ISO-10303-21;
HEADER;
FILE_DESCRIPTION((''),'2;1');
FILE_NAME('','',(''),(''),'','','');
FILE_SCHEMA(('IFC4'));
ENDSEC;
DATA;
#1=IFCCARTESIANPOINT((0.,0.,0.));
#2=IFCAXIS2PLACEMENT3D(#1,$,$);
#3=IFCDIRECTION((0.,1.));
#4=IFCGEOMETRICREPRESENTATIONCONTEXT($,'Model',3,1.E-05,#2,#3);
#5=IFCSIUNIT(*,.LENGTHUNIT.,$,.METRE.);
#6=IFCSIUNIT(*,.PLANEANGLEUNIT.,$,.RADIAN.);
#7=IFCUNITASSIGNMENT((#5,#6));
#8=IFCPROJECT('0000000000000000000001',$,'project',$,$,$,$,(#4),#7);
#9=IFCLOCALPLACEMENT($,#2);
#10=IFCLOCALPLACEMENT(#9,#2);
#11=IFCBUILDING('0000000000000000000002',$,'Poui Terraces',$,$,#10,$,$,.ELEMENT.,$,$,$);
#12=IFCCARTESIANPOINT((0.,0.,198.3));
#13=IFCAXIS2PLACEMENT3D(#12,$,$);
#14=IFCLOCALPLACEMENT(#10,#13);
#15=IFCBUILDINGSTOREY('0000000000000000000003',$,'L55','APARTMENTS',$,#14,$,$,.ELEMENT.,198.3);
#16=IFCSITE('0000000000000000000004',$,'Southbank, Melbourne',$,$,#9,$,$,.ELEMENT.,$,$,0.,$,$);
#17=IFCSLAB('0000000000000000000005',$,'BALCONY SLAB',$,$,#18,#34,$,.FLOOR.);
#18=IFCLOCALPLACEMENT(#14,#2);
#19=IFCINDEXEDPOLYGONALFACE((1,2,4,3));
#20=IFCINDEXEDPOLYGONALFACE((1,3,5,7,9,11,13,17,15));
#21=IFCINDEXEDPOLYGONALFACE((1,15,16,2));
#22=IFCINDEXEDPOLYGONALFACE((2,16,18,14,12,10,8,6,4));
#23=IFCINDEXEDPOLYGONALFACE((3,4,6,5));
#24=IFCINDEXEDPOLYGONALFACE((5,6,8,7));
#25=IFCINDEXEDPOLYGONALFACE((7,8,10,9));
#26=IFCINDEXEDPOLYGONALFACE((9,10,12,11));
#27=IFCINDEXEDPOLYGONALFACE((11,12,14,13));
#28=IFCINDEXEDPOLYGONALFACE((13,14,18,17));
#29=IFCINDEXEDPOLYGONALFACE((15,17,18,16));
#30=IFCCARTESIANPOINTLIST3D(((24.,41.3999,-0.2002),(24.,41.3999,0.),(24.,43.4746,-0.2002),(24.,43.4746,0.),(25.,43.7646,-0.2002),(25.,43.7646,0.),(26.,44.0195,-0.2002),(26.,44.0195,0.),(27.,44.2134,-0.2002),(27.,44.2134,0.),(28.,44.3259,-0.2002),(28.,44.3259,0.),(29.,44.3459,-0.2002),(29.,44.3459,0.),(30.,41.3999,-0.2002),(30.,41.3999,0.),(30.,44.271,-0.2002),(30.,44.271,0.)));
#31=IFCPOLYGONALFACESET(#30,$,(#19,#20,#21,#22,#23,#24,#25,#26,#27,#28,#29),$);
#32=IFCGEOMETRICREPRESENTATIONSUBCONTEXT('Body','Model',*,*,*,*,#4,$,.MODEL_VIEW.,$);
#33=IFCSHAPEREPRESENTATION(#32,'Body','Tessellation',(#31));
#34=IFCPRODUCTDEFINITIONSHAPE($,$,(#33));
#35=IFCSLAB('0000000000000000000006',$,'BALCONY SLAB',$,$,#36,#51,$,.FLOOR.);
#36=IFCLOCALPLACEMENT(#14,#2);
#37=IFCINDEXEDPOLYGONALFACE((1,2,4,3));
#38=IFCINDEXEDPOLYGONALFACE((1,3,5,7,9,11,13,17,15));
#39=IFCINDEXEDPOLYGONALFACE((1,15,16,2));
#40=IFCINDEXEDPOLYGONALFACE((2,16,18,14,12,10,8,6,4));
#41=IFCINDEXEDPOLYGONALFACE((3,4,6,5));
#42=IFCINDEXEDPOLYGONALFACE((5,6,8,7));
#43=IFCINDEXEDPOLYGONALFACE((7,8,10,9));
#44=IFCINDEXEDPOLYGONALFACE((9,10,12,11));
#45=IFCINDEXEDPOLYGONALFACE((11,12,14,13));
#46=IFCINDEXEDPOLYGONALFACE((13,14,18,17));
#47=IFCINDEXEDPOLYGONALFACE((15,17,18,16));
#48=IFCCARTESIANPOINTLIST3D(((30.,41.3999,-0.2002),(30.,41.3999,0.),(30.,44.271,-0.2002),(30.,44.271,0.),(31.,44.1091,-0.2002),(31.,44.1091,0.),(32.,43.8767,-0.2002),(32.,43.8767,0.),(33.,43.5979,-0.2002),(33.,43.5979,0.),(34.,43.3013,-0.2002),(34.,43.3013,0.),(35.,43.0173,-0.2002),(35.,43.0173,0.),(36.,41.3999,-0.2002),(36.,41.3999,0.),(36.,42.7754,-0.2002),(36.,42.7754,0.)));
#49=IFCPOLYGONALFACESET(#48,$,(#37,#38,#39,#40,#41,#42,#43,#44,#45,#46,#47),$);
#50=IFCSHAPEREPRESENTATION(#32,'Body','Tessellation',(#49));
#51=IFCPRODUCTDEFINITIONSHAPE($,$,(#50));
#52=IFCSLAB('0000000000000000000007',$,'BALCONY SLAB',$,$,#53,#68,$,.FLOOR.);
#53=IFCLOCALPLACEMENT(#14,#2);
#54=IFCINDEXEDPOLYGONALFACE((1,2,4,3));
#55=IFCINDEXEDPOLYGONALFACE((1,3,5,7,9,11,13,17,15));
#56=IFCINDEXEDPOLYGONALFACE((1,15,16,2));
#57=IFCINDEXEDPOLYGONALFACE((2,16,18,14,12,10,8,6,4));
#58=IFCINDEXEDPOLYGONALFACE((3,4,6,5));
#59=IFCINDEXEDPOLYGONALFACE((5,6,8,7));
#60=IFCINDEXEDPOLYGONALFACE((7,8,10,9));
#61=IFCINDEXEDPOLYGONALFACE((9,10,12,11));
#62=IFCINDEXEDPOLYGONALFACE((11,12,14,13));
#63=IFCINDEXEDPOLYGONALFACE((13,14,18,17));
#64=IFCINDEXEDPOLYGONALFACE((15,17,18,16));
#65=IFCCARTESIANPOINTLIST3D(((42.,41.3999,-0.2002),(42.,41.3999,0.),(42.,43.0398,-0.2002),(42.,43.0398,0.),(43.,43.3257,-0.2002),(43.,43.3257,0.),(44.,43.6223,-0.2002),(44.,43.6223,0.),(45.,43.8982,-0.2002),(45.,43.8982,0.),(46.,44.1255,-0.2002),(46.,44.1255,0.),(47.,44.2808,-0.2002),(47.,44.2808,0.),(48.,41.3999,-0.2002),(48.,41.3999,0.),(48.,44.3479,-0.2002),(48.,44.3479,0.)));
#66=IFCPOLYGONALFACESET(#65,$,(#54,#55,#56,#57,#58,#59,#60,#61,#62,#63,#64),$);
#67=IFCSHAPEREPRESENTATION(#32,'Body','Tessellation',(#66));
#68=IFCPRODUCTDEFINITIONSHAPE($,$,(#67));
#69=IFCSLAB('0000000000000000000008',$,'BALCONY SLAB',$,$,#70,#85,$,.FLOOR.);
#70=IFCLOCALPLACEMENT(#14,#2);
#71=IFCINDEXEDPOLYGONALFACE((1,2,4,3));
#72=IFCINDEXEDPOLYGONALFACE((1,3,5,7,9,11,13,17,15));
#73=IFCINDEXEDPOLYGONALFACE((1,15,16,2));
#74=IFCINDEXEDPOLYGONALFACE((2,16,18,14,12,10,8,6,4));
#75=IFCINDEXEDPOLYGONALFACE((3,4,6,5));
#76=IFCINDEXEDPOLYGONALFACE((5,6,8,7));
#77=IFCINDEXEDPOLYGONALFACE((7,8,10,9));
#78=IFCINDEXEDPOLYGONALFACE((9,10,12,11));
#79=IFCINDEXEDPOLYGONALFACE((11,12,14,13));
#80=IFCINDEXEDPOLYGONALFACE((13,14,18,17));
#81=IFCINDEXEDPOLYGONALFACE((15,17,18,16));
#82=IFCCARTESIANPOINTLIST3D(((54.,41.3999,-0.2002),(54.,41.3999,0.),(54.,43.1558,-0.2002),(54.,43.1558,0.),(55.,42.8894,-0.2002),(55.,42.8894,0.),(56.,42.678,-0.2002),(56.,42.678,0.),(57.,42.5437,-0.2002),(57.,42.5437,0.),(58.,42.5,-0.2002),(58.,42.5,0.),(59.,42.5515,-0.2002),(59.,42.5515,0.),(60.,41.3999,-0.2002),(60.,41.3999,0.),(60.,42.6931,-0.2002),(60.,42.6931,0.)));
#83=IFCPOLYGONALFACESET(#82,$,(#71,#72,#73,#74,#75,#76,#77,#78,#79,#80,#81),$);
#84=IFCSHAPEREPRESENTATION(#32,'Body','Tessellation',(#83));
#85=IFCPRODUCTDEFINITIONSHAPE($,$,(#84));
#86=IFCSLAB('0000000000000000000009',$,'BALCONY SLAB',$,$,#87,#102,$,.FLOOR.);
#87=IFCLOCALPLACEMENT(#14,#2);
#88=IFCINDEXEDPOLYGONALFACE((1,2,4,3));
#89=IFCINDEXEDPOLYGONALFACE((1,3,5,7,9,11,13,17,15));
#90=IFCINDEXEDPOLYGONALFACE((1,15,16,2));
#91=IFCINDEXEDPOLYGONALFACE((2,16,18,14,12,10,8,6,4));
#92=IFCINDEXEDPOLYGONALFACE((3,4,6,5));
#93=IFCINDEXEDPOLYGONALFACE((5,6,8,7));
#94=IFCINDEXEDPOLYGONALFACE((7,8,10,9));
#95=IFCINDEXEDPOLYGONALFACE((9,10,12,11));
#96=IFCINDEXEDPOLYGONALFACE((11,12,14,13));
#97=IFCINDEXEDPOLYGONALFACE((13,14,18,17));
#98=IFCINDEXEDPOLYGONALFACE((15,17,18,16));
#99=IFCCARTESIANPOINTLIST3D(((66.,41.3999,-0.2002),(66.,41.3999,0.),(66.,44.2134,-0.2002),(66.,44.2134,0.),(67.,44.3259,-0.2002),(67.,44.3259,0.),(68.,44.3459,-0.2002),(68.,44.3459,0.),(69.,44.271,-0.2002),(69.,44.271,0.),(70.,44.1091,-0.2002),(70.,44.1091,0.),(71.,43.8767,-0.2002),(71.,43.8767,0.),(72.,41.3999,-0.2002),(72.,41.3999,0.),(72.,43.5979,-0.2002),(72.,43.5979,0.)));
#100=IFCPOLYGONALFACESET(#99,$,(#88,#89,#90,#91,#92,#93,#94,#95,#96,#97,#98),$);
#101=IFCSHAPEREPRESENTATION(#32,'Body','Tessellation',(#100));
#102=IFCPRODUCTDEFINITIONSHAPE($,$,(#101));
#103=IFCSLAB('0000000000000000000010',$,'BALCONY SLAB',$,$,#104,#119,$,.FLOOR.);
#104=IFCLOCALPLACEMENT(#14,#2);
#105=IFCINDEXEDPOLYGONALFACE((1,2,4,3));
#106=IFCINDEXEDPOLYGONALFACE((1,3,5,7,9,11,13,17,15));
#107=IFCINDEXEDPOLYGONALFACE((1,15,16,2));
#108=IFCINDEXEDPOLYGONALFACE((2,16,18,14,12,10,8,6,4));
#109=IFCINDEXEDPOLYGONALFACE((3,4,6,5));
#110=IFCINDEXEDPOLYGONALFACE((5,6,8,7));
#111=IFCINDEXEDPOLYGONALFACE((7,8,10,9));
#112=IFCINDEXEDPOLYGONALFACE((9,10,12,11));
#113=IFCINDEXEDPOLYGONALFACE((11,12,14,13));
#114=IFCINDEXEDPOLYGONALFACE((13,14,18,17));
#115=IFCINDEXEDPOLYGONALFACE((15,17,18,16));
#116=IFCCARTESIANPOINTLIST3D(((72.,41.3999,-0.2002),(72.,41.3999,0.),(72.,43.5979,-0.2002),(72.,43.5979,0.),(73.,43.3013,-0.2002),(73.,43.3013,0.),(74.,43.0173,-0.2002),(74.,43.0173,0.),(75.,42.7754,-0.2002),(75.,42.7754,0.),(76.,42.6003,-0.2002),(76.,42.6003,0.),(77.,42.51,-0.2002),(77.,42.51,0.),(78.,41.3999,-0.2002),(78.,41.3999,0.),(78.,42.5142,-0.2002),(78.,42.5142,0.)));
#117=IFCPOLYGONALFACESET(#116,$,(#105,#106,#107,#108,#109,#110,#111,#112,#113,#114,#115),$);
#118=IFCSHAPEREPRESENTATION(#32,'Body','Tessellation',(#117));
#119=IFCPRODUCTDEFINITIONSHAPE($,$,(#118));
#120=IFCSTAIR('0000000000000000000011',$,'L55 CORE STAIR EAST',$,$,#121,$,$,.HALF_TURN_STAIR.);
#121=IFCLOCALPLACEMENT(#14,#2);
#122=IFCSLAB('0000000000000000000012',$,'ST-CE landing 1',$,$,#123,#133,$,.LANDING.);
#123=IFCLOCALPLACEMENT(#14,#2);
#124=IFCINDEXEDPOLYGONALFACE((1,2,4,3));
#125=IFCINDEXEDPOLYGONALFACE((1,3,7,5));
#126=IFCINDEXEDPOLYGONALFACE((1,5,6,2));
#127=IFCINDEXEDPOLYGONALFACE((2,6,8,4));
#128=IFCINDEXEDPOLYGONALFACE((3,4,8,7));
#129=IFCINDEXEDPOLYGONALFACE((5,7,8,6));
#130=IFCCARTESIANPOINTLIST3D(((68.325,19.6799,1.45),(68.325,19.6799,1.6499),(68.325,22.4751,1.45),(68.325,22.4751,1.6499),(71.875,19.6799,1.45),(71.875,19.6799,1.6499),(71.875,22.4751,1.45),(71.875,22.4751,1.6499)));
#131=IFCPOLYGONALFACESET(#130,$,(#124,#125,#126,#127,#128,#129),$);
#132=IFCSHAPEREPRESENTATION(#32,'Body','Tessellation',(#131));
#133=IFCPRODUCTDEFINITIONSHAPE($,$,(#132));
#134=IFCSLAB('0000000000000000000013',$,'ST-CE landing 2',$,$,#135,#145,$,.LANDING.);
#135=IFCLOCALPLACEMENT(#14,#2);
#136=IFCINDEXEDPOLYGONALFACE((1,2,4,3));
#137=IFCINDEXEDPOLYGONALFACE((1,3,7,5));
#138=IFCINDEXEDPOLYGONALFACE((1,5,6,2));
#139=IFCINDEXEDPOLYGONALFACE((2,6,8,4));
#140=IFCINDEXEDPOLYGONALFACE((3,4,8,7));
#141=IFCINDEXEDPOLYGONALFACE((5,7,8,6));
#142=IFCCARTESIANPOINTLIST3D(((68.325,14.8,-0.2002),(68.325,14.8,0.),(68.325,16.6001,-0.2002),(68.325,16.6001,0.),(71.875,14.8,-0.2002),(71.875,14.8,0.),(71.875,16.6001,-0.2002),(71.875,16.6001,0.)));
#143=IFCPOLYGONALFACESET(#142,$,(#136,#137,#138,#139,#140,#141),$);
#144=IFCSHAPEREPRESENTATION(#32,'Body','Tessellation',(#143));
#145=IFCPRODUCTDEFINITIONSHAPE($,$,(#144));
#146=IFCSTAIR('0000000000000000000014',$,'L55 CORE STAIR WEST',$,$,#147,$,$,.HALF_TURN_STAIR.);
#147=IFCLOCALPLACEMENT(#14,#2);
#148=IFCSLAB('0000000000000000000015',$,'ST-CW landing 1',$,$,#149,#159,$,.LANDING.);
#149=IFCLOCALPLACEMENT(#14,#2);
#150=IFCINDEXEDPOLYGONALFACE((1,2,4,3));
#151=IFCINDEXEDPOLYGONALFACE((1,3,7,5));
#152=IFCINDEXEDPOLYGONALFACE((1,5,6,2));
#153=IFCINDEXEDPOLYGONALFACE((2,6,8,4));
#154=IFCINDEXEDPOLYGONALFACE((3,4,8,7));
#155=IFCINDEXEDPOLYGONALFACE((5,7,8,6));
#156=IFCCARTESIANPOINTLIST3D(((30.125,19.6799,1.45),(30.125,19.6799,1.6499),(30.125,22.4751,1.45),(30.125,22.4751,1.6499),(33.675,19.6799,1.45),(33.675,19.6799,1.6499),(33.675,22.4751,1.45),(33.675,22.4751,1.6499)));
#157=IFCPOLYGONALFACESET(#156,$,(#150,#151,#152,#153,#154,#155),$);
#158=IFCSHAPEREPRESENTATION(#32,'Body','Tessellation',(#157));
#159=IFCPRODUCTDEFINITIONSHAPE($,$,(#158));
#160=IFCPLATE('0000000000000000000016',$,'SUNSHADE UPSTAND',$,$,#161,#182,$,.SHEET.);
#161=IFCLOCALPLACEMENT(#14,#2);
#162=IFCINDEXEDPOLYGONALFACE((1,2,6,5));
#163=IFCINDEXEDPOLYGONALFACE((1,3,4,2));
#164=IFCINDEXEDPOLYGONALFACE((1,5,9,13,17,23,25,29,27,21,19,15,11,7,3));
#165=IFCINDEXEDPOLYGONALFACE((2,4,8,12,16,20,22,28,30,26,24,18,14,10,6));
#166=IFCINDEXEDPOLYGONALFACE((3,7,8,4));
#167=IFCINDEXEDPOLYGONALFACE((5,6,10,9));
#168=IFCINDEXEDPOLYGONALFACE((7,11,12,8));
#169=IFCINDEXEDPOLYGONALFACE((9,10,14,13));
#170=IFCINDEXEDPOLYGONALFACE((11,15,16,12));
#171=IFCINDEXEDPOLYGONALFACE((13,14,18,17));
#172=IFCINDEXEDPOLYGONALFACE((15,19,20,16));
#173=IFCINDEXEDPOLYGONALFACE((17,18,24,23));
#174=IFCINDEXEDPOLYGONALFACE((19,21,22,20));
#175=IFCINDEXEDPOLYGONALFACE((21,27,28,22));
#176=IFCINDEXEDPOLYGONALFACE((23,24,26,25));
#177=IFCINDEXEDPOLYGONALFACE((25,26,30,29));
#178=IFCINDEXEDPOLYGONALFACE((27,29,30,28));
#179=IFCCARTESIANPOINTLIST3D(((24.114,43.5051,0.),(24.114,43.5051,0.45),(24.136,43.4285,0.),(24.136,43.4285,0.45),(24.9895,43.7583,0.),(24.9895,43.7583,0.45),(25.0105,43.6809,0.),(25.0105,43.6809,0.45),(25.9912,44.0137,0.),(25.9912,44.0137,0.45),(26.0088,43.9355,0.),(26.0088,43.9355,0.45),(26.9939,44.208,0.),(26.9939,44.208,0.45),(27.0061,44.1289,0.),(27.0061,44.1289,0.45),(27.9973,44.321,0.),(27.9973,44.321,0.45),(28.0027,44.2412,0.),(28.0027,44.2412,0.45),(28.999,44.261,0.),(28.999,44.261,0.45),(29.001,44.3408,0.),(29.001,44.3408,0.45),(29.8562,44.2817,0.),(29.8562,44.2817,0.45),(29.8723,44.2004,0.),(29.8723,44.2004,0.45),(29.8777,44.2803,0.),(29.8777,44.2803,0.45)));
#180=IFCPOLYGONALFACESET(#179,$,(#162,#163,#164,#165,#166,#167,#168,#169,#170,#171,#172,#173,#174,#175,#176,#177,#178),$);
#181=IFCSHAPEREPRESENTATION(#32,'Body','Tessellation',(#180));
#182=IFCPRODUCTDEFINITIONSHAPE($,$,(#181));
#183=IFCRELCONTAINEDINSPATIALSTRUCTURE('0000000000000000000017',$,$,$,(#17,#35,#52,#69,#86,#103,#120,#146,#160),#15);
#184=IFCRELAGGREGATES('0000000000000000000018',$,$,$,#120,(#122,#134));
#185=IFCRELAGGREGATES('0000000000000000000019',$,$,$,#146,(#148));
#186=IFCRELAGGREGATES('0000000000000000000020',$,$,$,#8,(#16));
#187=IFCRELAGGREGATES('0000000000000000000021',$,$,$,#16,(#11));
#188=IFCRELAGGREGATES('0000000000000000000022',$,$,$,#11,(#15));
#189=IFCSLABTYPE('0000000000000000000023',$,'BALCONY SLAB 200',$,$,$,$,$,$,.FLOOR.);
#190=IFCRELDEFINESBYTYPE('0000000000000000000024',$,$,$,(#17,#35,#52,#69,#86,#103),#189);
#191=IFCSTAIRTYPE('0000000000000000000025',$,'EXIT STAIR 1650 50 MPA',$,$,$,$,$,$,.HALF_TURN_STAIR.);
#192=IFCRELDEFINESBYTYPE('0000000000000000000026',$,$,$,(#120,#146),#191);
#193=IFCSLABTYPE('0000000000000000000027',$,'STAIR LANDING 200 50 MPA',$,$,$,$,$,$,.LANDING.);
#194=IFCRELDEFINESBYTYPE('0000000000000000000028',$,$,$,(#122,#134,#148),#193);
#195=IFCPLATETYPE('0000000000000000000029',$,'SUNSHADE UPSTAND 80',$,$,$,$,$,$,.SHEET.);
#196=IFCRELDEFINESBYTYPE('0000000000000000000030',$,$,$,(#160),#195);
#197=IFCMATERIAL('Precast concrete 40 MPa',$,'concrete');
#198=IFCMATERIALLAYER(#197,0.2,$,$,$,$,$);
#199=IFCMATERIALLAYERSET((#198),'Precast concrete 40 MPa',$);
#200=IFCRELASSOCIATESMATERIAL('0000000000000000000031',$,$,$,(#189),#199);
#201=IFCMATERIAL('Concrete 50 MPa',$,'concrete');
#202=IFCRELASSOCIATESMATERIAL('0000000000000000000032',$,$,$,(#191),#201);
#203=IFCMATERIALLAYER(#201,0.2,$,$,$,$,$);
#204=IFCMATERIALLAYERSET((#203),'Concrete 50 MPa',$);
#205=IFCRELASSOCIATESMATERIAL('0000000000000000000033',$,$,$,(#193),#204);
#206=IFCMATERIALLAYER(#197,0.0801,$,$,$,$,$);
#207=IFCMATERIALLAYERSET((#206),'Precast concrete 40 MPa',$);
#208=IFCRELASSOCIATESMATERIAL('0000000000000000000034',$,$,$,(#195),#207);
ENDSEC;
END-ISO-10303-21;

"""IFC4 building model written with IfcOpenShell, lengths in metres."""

from ifc_helpers import new_model, si_unit, direction, frame, origin, place, context, subcontext, project, spatial, polyline, outline, extrude, material, layer, layer_set, type_object, element, aggregate, save


model = new_model("IFC4")

# Units and contexts
model_context = context("Model", 3, precision=1e-05, world=origin(), true_north=direction((0.0, 1.0)))
body_context = subcontext(model_context, "Body", "Model", "MODEL_VIEW")
ifc_project = project(units=[si_unit("LENGTHUNIT", "METRE"), si_unit("PLANEANGLEUNIT", "RADIAN")], contexts=[model_context])

# Site, building, storey
site_placement = place(None, origin())
site = spatial("IfcSite", under=ifc_project, at=site_placement, Name="Southbank, Melbourne", CompositionType="ELEMENT", RefElevation=0.0)
building_placement = place(site_placement, origin())
building = spatial("IfcBuilding", under=site, at=building_placement, Name="Poui Terraces", CompositionType="ELEMENT")
storey_placement = place(building_placement, frame((0.0, 0.0, 198.3)))
storey = spatial("IfcBuildingStorey", under=building, at=storey_placement, Name="L55", Description="APARTMENTS", CompositionType="ELEMENT", Elevation=198.3)

# Slabs
ifc_material_1 = material(Name="Precast concrete 40 MPa", Category="concrete")
ifc_layer_1 = layer(ifc_material_1, 0.2)
ifc_layer_set_1 = layer_set([ifc_layer_1], Name="Precast concrete 40 MPa")
slab_type_1 = type_object("IfcSlabType", Name="BALCONY SLAB 200", PredefinedType="FLOOR", material=ifc_layer_set_1)
slab_1_placement = place(storey_placement, frame((0.0, 0.0, -0.2002)))
element("IfcSlab", 1, at=slab_1_placement, inside=storey, type_object=slab_type_1, Name="BALCONY SLAB", PredefinedType="FLOOR", context=body_context, shape_type="SweptSolid", body=[
    extrude(outline(polyline([(24.0, 41.3999), (30.0, 41.3999), (30.0, 44.271), (29.0, 44.3459), (28.0, 44.3259), (27.0, 44.2134), (26.0, 44.0195), (25.0, 43.7646), (24.0, 43.4746), (24.0, 41.3999)])), origin(), (0.0, 0.0, 1.0), 0.2002),
])
slab_2_placement = place(storey_placement, frame((0.0, 0.0, -0.2002)))
element("IfcSlab", 2, at=slab_2_placement, inside=storey, type_object=slab_type_1, Name="BALCONY SLAB", PredefinedType="FLOOR", context=body_context, shape_type="SweptSolid", body=[
    extrude(outline(polyline([(30.0, 41.3999), (36.0, 41.3999), (36.0, 42.7754), (35.0, 43.0173), (34.0, 43.3013), (33.0, 43.5979), (32.0, 43.8767), (31.0, 44.1091), (30.0, 44.271), (30.0, 41.3999)])), origin(), (0.0, 0.0, 1.0), 0.2002),
])
slab_3_placement = place(storey_placement, frame((0.0, 0.0, -0.2002)))
element("IfcSlab", 3, at=slab_3_placement, inside=storey, type_object=slab_type_1, Name="BALCONY SLAB", PredefinedType="FLOOR", context=body_context, shape_type="SweptSolid", body=[
    extrude(outline(polyline([(42.0, 41.3999), (48.0, 41.3999), (48.0, 44.3479), (47.0, 44.2808), (46.0, 44.1255), (45.0, 43.8982), (44.0, 43.6223), (43.0, 43.3257), (42.0, 43.0398), (42.0, 41.3999)])), origin(), (0.0, 0.0, 1.0), 0.2002),
])
slab_4_placement = place(storey_placement, frame((0.0, 0.0, -0.2002)))
element("IfcSlab", 4, at=slab_4_placement, inside=storey, type_object=slab_type_1, Name="BALCONY SLAB", PredefinedType="FLOOR", context=body_context, shape_type="SweptSolid", body=[
    extrude(outline(polyline([(54.0, 41.3999), (60.0, 41.3999), (60.0, 42.6931), (59.0, 42.5515), (58.0, 42.5), (57.0, 42.5437), (56.0, 42.678), (55.0, 42.8894), (54.0, 43.1558), (54.0, 41.3999)])), origin(), (0.0, 0.0, 1.0), 0.2002),
])
slab_5_placement = place(storey_placement, frame((0.0, 0.0, -0.2002)))
element("IfcSlab", 5, at=slab_5_placement, inside=storey, type_object=slab_type_1, Name="BALCONY SLAB", PredefinedType="FLOOR", context=body_context, shape_type="SweptSolid", body=[
    extrude(outline(polyline([(66.0, 41.3999), (72.0, 41.3999), (72.0, 43.5979), (71.0, 43.8767), (70.0, 44.1091), (69.0, 44.271), (68.0, 44.3459), (67.0, 44.3259), (66.0, 44.2134), (66.0, 41.3999)])), origin(), (0.0, 0.0, 1.0), 0.2002),
])
slab_6_placement = place(storey_placement, frame((0.0, 0.0, -0.2002)))
element("IfcSlab", 6, at=slab_6_placement, inside=storey, type_object=slab_type_1, Name="BALCONY SLAB", PredefinedType="FLOOR", context=body_context, shape_type="SweptSolid", body=[
    extrude(outline(polyline([(72.0, 41.3999), (78.0, 41.3999), (78.0, 42.5142), (77.0, 42.51), (76.0, 42.6003), (75.0, 42.7754), (74.0, 43.0173), (73.0, 43.3013), (72.0, 43.5979), (72.0, 41.3999)])), origin(), (0.0, 0.0, 1.0), 0.2002),
])

# Stair, slabs
ifc_material_2 = material(Name="Concrete 50 MPa", Category="concrete")
stair_type = type_object("IfcStairType", Name="EXIT STAIR 1650 50 MPA", PredefinedType="HALF_TURN_STAIR", material=ifc_material_2)
stair_1_placement = place(storey_placement, origin())
stair_1 = element("IfcStair", 7, at=stair_1_placement, inside=storey, type_object=stair_type, Name="L55 CORE STAIR EAST", PredefinedType="HALF_TURN_STAIR")
ifc_layer_2 = layer(ifc_material_2, 0.2)
ifc_layer_set_2 = layer_set([ifc_layer_2], Name="Concrete 50 MPa")
slab_type_2 = type_object("IfcSlabType", Name="STAIR LANDING 200 50 MPA", PredefinedType="LANDING", material=ifc_layer_set_2)
slab_7_placement = place(storey_placement, frame((0.0, 0.0, 1.45)))
slab_7 = element("IfcSlab", 8, at=slab_7_placement, type_object=slab_type_2, Name="ST-CE landing 1", PredefinedType="LANDING", context=body_context, shape_type="SweptSolid", body=[
    extrude(outline(polyline([(68.325, 19.6799), (71.875, 19.6799), (71.875, 22.4751), (68.325, 22.4751), (68.325, 19.6799)])), origin(), (0.0, 0.0, 1.0), 0.2),
])
slab_8_placement = place(storey_placement, frame((0.0, 0.0, -0.2002)))
slab_8 = element("IfcSlab", 9, at=slab_8_placement, type_object=slab_type_2, Name="ST-CE landing 2", PredefinedType="LANDING", context=body_context, shape_type="SweptSolid", body=[
    extrude(outline(polyline([(68.325, 14.8), (71.875, 14.8), (71.875, 16.6001), (68.325, 16.6001), (68.325, 14.8)])), origin(), (0.0, 0.0, 1.0), 0.2002),
])
aggregate(stair_1, [slab_7, slab_8])

# Stair, slab
stair_2_placement = place(storey_placement, origin())
stair_2 = element("IfcStair", 10, at=stair_2_placement, inside=storey, type_object=stair_type, Name="L55 CORE STAIR WEST", PredefinedType="HALF_TURN_STAIR")
slab_9_placement = place(storey_placement, frame((0.0, 0.0, 1.45)))
slab_9 = element("IfcSlab", 11, at=slab_9_placement, type_object=slab_type_2, Name="ST-CW landing 1", PredefinedType="LANDING", context=body_context, shape_type="SweptSolid", body=[
    extrude(outline(polyline([(30.125, 19.6799), (33.675, 19.6799), (33.675, 22.4751), (30.125, 22.4751), (30.125, 19.6799)])), origin(), (0.0, 0.0, 1.0), 0.2),
])
aggregate(stair_2, [slab_9])

# Plate
ifc_layer_3 = layer(ifc_material_1, 0.0801)
ifc_layer_set_3 = layer_set([ifc_layer_3], Name="Precast concrete 40 MPa")
plate_type = type_object("IfcPlateType", Name="SUNSHADE UPSTAND 80", PredefinedType="SHEET", material=ifc_layer_set_3)
plate_1_placement = place(storey_placement, origin())
element("IfcPlate", 12, at=plate_1_placement, inside=storey, type_object=plate_type, Name="SUNSHADE UPSTAND", PredefinedType="SHEET", context=body_context, shape_type="SweptSolid", body=[
    extrude(outline(polyline([(24.9895, 43.7583), (24.114, 43.5051), (24.136, 43.4285), (25.0105, 43.6809), (26.0088, 43.9355), (27.0061, 44.1289), (28.0027, 44.2412), (28.999, 44.261), (29.8723, 44.2004), (29.8777, 44.2803), (29.8562, 44.2817), (29.001, 44.3408), (27.9973, 44.321), (26.9939, 44.208), (25.9912, 44.0137), (24.9895, 43.7583)])), origin(), (0.0, 0.0, 1.0), 0.45),
])

save(model, "model.ifc")
